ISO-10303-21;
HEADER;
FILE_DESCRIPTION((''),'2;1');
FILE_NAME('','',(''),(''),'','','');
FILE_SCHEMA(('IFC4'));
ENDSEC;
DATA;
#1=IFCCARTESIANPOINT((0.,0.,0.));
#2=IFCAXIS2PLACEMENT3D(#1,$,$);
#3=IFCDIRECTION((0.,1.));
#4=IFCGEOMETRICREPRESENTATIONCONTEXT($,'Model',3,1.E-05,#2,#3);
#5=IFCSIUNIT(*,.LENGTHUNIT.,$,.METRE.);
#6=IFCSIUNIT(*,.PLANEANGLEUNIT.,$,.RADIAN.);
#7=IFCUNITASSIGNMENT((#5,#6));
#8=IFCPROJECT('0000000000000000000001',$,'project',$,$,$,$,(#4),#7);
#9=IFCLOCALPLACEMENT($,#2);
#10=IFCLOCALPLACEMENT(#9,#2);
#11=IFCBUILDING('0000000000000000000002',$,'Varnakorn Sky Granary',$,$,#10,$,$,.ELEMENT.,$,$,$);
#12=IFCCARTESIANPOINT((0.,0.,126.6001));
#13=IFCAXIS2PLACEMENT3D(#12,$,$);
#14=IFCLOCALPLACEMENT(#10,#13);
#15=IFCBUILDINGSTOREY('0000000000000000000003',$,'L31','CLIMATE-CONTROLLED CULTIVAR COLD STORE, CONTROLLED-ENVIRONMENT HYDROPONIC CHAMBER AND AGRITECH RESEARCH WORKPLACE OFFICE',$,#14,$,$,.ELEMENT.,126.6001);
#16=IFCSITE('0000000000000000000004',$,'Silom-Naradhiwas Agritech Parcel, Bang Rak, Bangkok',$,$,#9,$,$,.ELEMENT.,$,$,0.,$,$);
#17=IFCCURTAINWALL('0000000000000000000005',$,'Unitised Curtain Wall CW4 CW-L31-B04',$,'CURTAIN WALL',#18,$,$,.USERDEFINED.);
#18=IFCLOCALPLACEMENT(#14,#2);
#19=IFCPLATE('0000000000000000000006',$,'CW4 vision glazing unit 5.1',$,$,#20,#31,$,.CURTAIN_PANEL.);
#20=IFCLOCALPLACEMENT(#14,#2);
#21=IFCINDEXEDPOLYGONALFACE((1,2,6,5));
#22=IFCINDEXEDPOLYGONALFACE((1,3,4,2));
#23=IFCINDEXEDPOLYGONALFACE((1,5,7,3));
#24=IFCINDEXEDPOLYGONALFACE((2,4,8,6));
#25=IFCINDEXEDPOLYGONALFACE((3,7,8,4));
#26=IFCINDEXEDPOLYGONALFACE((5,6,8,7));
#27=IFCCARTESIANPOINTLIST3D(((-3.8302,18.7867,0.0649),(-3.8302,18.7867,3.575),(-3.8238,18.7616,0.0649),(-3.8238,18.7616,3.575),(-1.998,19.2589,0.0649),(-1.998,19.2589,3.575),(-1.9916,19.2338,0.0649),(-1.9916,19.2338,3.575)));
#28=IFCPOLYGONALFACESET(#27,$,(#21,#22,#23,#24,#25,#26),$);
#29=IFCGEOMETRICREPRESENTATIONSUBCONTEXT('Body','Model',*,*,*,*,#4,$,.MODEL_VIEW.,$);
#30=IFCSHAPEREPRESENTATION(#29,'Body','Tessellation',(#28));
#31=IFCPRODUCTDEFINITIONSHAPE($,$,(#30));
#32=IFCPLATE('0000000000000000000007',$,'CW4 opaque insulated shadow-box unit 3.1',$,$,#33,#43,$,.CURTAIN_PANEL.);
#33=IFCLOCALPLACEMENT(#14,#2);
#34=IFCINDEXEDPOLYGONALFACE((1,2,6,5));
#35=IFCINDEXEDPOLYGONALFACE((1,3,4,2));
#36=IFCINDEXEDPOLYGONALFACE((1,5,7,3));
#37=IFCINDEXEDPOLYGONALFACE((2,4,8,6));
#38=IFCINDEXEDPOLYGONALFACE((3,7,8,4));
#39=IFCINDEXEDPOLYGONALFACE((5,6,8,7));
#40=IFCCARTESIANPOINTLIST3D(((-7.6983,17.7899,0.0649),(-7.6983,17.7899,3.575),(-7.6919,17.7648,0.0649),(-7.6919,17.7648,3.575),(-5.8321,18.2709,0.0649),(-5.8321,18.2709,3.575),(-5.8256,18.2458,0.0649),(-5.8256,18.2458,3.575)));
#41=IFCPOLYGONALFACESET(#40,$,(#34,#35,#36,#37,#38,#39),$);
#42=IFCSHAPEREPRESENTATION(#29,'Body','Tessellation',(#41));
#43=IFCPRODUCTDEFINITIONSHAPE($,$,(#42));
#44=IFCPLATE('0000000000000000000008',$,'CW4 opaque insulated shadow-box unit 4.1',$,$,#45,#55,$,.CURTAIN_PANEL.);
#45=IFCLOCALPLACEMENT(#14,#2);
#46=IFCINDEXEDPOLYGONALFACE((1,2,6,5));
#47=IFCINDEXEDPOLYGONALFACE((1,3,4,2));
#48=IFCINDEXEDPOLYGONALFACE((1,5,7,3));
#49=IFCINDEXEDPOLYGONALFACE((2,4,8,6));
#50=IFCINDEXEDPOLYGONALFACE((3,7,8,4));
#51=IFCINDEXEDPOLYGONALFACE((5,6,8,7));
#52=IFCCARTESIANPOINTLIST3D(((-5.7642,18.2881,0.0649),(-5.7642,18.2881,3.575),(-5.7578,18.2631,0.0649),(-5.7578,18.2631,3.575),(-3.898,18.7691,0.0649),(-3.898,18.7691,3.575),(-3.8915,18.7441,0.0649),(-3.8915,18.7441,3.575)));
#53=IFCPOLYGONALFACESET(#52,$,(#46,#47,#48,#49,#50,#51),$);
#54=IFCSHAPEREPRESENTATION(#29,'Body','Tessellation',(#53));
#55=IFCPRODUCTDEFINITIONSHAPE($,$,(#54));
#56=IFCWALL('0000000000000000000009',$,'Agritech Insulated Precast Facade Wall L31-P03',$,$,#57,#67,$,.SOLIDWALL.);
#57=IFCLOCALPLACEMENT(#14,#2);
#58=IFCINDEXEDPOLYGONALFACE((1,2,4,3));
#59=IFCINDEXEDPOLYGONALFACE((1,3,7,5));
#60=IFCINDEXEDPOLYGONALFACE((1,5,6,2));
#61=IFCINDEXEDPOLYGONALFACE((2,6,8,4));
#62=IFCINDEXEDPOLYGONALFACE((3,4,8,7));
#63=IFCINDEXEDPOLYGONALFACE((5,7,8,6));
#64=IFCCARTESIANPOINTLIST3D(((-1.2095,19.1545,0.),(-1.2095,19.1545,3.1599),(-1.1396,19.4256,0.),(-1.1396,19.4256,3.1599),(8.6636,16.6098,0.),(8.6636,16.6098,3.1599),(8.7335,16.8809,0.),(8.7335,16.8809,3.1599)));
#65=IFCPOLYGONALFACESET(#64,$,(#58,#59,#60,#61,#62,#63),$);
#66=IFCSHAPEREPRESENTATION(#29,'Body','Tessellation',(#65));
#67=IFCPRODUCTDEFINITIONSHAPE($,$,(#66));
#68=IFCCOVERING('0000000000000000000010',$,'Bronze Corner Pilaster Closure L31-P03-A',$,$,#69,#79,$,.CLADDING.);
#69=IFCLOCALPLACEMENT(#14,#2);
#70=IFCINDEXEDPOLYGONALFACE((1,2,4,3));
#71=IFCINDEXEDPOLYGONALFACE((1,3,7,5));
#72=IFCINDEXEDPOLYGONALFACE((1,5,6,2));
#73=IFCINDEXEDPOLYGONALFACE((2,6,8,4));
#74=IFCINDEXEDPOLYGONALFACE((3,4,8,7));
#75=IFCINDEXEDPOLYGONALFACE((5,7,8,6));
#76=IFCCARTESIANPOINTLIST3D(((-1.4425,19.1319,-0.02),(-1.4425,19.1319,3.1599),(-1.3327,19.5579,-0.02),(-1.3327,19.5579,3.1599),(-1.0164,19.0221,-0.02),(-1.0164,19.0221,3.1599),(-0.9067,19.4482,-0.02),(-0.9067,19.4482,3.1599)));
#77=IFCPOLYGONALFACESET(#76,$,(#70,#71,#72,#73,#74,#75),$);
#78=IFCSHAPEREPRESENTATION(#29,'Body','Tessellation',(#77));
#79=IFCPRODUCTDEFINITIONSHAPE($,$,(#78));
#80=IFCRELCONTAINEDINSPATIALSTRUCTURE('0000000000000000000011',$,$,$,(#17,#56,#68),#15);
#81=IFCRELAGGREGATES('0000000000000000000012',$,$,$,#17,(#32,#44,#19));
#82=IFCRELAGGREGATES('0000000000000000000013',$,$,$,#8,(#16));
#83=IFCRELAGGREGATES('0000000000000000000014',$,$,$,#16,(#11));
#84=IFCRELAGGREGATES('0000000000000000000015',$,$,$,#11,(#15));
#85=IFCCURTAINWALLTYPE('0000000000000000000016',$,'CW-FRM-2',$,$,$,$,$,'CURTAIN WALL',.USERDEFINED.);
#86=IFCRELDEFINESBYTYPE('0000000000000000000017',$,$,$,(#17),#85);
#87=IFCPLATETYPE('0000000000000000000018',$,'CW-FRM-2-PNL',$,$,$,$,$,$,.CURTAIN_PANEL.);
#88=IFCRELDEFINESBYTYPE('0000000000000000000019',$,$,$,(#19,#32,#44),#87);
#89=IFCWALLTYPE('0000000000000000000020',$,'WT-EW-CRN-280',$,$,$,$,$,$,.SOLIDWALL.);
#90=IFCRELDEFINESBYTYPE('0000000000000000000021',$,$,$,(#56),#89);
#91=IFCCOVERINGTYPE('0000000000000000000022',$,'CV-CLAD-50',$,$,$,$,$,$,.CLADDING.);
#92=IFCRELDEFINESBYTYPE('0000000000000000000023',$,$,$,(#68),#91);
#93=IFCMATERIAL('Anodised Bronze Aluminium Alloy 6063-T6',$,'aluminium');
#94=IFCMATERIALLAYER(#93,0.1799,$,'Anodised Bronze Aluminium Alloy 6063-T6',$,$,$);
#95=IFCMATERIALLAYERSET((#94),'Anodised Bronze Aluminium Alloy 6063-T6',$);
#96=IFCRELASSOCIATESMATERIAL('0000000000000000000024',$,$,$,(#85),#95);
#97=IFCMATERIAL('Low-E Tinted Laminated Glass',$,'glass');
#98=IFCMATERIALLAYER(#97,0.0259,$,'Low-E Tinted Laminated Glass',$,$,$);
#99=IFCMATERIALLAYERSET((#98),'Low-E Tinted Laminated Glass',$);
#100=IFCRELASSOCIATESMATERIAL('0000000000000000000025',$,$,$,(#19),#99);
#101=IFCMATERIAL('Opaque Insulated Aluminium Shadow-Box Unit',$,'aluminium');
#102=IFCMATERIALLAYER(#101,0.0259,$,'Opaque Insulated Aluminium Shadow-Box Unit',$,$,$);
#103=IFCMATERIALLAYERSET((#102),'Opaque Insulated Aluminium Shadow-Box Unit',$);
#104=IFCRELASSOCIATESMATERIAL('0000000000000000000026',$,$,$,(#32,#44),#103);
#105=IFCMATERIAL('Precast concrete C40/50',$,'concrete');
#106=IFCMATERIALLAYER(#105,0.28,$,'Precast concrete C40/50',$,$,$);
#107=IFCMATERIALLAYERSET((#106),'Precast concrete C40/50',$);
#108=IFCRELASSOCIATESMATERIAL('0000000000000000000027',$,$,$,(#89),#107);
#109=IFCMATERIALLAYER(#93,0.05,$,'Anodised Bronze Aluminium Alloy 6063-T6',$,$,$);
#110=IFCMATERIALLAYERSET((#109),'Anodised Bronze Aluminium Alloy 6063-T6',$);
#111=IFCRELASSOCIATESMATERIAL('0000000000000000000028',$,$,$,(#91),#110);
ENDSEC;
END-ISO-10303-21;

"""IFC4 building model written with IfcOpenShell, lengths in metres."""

from ifc_helpers import new_model, si_unit, direction, frame, frame_2d, origin, origin_2d, place, context, subcontext, project, spatial, rectangle, extrude, source, transform, mapped, material, layer, layer_set, type_object, type_shapes, element, aggregate, save


model = new_model("IFC4")

# Units and contexts
model_context = context("Model", 3, precision=1e-05, world=origin(), true_north=direction((0.0, 1.0)))
body_context = subcontext(model_context, "Body", "Model", "MODEL_VIEW")
ifc_project = project(units=[si_unit("LENGTHUNIT", "METRE"), si_unit("PLANEANGLEUNIT", "RADIAN")], contexts=[model_context])

# Site, building, storey
site_placement = place(None, origin())
site = spatial("IfcSite", under=ifc_project, at=site_placement, Name="Silom-Naradhiwas Agritech Parcel, Bang Rak, Bangkok", CompositionType="ELEMENT", RefElevation=0.0)
building_placement = place(site_placement, origin())
building = spatial("IfcBuilding", under=site, at=building_placement, Name="Varnakorn Sky Granary", CompositionType="ELEMENT")
storey_placement = place(building_placement, frame((0.0, 0.0, 126.6001)))
storey = spatial("IfcBuildingStorey", under=building, at=storey_placement, Name="L31", Description="CLIMATE-CONTROLLED CULTIVAR COLD STORE, CONTROLLED-ENVIRONMENT HYDROPONIC CHAMBER AND AGRITECH RESEARCH WORKPLACE OFFICE", CompositionType="ELEMENT", Elevation=126.6001)

# Curtain wall, plates
ifc_material_1 = material(Name="Anodised Bronze Aluminium Alloy 6063-T6", Category="aluminium")
ifc_layer_1 = layer(ifc_material_1, 0.1799, Name="Anodised Bronze Aluminium Alloy 6063-T6")
ifc_layer_set_1 = layer_set([ifc_layer_1], Name="Anodised Bronze Aluminium Alloy 6063-T6")
curtain_wall_type = type_object("IfcCurtainWallType", Name="CW-FRM-2", ElementType="CURTAIN WALL", PredefinedType="USERDEFINED", material=ifc_layer_set_1)
curtain_wall_placement = place(storey_placement, origin())
curtain_wall = element("IfcCurtainWall", 1, at=curtain_wall_placement, inside=storey, type_object=curtain_wall_type, Name="Unitised Curtain Wall CW4 CW-L31-B04", ObjectType="CURTAIN WALL", PredefinedType="USERDEFINED")
ifc_material_2 = material(Name="Low-E Tinted Laminated Glass", Category="glass")
ifc_layer_2 = layer(ifc_material_2, 0.0259, Name="Low-E Tinted Laminated Glass")
ifc_layer_set_2 = layer_set([ifc_layer_2], Name="Low-E Tinted Laminated Glass")
plate_type = type_object("IfcPlateType", Name="CW-FRM-2-PNL", PredefinedType="CURTAIN_PANEL")
shared_shape_1 = source(origin(), body_context, "Body", "SweptSolid", [
    extrude(rectangle(XDim=1.8921, YDim=0.0259, at=origin_2d()), origin(), (0.0, 0.0, 1.0), 3.51),
])
plate_1_placement = place(storey_placement, frame((-2.9109, 19.0103, 0.0649), z_axis=(0.0, 0.0, 1.0), x_axis=(0.968354, 0.249579, 0.0)))
plate_1 = element("IfcPlate", 2, at=plate_1_placement, type_object=plate_type, material=ifc_layer_set_2, Name="CW4 vision glazing unit 5.1", PredefinedType="CURTAIN_PANEL", context=body_context, shape_type="MappedRepresentation", body=[
    mapped(shared_shape_1, transform((0.0, 0.0, 0.0), x_axis=(1.0, 0.0, 0.0), y_axis=(0.0, 1.0, 0.0), z_axis=(0.0, 0.0, 1.0), scale=1.0)),
])
ifc_material_3 = material(Name="Opaque Insulated Aluminium Shadow-Box Unit", Category="aluminium")
ifc_layer_3 = layer(ifc_material_3, 0.0259, Name="Opaque Insulated Aluminium Shadow-Box Unit")
ifc_layer_set_3 = layer_set([ifc_layer_3], Name="Opaque Insulated Aluminium Shadow-Box Unit")
shared_shape_2 = source(origin(), body_context, "Body", "SweptSolid", [
    extrude(rectangle(XDim=1.9272, YDim=0.0259, at=origin_2d()), origin(), (0.0, 0.0, 1.0), 3.51),
])
type_shapes(plate_type, [shared_shape_1, shared_shape_2])
plate_2_placement = place(storey_placement, frame((-6.762, 18.0178, 0.0649), z_axis=(0.0, 0.0, 1.0), x_axis=(0.968354, 0.249579, 0.0)))
plate_2 = element("IfcPlate", 3, at=plate_2_placement, type_object=plate_type, material=ifc_layer_set_3, Name="CW4 opaque insulated shadow-box unit 3.1", PredefinedType="CURTAIN_PANEL", context=body_context, shape_type="MappedRepresentation", body=[
    mapped(shared_shape_2, transform((0.0, 0.0, 0.0), x_axis=(1.0, 0.0, 0.0), y_axis=(0.0, 1.0, 0.0), z_axis=(0.0, 0.0, 1.0), scale=1.0)),
])
plate_3_placement = place(storey_placement, frame((-4.8279, 18.5161, 0.0649), z_axis=(0.0, 0.0, 1.0), x_axis=(0.968354, 0.249579, 0.0)))
plate_3 = element("IfcPlate", 4, at=plate_3_placement, type_object=plate_type, material=ifc_layer_set_3, Name="CW4 opaque insulated shadow-box unit 4.1", PredefinedType="CURTAIN_PANEL", context=body_context, shape_type="MappedRepresentation", body=[
    mapped(shared_shape_2, transform((0.0, 0.0, 0.0), x_axis=(1.0, 0.0, 0.0), y_axis=(0.0, 1.0, 0.0), z_axis=(0.0, 0.0, 1.0), scale=1.0)),
])
aggregate(curtain_wall, [plate_2, plate_3, plate_1])

# Wall
ifc_material_4 = material(Name="Precast concrete C40/50", Category="concrete")
ifc_layer_4 = layer(ifc_material_4, 0.28, Name="Precast concrete C40/50")
ifc_layer_set_4 = layer_set([ifc_layer_4], Name="Precast concrete C40/50")
wall_type = type_object("IfcWallType", Name="WT-EW-CRN-280", PredefinedType="SOLIDWALL", material=ifc_layer_set_4)
wall_placement = place(storey_placement, frame((-1.1746, 19.29, 0.0), z_axis=(0.0, 0.0, 1.0), x_axis=(0.968353, -0.249583, 0.0)))
element("IfcWall", 5, at=wall_placement, inside=storey, type_object=wall_type, Name="Agritech Insulated Precast Facade Wall L31-P03", PredefinedType="SOLIDWALL", context=body_context, shape_type="SweptSolid", body=[
    extrude(rectangle(XDim=10.1958, YDim=0.28, at=frame_2d((5.0979, 0.0))), origin(), (0.0, 0.0, 1.0), 3.1599),
])

# Covering
ifc_layer_5 = layer(ifc_material_1, 0.05, Name="Anodised Bronze Aluminium Alloy 6063-T6")
ifc_layer_set_5 = layer_set([ifc_layer_5], Name="Anodised Bronze Aluminium Alloy 6063-T6")
covering_type = type_object("IfcCoveringType", Name="CV-CLAD-50", PredefinedType="CLADDING", material=ifc_layer_set_5)
shared_shape_3 = source(origin(), body_context, "Body", "SweptSolid", [
    extrude(rectangle(XDim=0.4399, YDim=0.4399, at=origin_2d()), origin(), (0.0, 0.0, 1.0), 3.1799),
])
type_shapes(covering_type, [shared_shape_3])
covering_placement = place(storey_placement, frame((-1.1746, 19.29, -0.02), z_axis=(0.0, 0.0, 1.0), x_axis=(0.968366, -0.249535, 0.0)))
element("IfcCovering", 6, at=covering_placement, inside=storey, type_object=covering_type, Name="Bronze Corner Pilaster Closure L31-P03-A", PredefinedType="CLADDING", context=body_context, shape_type="MappedRepresentation", body=[
    mapped(shared_shape_3, transform((0.0, 0.0, 0.0), x_axis=(1.0, 0.0, 0.0), y_axis=(0.0, 1.0, 0.0), z_axis=(0.0, 0.0, 1.0), scale=1.0)),
])

save(model, "model.ifc")
